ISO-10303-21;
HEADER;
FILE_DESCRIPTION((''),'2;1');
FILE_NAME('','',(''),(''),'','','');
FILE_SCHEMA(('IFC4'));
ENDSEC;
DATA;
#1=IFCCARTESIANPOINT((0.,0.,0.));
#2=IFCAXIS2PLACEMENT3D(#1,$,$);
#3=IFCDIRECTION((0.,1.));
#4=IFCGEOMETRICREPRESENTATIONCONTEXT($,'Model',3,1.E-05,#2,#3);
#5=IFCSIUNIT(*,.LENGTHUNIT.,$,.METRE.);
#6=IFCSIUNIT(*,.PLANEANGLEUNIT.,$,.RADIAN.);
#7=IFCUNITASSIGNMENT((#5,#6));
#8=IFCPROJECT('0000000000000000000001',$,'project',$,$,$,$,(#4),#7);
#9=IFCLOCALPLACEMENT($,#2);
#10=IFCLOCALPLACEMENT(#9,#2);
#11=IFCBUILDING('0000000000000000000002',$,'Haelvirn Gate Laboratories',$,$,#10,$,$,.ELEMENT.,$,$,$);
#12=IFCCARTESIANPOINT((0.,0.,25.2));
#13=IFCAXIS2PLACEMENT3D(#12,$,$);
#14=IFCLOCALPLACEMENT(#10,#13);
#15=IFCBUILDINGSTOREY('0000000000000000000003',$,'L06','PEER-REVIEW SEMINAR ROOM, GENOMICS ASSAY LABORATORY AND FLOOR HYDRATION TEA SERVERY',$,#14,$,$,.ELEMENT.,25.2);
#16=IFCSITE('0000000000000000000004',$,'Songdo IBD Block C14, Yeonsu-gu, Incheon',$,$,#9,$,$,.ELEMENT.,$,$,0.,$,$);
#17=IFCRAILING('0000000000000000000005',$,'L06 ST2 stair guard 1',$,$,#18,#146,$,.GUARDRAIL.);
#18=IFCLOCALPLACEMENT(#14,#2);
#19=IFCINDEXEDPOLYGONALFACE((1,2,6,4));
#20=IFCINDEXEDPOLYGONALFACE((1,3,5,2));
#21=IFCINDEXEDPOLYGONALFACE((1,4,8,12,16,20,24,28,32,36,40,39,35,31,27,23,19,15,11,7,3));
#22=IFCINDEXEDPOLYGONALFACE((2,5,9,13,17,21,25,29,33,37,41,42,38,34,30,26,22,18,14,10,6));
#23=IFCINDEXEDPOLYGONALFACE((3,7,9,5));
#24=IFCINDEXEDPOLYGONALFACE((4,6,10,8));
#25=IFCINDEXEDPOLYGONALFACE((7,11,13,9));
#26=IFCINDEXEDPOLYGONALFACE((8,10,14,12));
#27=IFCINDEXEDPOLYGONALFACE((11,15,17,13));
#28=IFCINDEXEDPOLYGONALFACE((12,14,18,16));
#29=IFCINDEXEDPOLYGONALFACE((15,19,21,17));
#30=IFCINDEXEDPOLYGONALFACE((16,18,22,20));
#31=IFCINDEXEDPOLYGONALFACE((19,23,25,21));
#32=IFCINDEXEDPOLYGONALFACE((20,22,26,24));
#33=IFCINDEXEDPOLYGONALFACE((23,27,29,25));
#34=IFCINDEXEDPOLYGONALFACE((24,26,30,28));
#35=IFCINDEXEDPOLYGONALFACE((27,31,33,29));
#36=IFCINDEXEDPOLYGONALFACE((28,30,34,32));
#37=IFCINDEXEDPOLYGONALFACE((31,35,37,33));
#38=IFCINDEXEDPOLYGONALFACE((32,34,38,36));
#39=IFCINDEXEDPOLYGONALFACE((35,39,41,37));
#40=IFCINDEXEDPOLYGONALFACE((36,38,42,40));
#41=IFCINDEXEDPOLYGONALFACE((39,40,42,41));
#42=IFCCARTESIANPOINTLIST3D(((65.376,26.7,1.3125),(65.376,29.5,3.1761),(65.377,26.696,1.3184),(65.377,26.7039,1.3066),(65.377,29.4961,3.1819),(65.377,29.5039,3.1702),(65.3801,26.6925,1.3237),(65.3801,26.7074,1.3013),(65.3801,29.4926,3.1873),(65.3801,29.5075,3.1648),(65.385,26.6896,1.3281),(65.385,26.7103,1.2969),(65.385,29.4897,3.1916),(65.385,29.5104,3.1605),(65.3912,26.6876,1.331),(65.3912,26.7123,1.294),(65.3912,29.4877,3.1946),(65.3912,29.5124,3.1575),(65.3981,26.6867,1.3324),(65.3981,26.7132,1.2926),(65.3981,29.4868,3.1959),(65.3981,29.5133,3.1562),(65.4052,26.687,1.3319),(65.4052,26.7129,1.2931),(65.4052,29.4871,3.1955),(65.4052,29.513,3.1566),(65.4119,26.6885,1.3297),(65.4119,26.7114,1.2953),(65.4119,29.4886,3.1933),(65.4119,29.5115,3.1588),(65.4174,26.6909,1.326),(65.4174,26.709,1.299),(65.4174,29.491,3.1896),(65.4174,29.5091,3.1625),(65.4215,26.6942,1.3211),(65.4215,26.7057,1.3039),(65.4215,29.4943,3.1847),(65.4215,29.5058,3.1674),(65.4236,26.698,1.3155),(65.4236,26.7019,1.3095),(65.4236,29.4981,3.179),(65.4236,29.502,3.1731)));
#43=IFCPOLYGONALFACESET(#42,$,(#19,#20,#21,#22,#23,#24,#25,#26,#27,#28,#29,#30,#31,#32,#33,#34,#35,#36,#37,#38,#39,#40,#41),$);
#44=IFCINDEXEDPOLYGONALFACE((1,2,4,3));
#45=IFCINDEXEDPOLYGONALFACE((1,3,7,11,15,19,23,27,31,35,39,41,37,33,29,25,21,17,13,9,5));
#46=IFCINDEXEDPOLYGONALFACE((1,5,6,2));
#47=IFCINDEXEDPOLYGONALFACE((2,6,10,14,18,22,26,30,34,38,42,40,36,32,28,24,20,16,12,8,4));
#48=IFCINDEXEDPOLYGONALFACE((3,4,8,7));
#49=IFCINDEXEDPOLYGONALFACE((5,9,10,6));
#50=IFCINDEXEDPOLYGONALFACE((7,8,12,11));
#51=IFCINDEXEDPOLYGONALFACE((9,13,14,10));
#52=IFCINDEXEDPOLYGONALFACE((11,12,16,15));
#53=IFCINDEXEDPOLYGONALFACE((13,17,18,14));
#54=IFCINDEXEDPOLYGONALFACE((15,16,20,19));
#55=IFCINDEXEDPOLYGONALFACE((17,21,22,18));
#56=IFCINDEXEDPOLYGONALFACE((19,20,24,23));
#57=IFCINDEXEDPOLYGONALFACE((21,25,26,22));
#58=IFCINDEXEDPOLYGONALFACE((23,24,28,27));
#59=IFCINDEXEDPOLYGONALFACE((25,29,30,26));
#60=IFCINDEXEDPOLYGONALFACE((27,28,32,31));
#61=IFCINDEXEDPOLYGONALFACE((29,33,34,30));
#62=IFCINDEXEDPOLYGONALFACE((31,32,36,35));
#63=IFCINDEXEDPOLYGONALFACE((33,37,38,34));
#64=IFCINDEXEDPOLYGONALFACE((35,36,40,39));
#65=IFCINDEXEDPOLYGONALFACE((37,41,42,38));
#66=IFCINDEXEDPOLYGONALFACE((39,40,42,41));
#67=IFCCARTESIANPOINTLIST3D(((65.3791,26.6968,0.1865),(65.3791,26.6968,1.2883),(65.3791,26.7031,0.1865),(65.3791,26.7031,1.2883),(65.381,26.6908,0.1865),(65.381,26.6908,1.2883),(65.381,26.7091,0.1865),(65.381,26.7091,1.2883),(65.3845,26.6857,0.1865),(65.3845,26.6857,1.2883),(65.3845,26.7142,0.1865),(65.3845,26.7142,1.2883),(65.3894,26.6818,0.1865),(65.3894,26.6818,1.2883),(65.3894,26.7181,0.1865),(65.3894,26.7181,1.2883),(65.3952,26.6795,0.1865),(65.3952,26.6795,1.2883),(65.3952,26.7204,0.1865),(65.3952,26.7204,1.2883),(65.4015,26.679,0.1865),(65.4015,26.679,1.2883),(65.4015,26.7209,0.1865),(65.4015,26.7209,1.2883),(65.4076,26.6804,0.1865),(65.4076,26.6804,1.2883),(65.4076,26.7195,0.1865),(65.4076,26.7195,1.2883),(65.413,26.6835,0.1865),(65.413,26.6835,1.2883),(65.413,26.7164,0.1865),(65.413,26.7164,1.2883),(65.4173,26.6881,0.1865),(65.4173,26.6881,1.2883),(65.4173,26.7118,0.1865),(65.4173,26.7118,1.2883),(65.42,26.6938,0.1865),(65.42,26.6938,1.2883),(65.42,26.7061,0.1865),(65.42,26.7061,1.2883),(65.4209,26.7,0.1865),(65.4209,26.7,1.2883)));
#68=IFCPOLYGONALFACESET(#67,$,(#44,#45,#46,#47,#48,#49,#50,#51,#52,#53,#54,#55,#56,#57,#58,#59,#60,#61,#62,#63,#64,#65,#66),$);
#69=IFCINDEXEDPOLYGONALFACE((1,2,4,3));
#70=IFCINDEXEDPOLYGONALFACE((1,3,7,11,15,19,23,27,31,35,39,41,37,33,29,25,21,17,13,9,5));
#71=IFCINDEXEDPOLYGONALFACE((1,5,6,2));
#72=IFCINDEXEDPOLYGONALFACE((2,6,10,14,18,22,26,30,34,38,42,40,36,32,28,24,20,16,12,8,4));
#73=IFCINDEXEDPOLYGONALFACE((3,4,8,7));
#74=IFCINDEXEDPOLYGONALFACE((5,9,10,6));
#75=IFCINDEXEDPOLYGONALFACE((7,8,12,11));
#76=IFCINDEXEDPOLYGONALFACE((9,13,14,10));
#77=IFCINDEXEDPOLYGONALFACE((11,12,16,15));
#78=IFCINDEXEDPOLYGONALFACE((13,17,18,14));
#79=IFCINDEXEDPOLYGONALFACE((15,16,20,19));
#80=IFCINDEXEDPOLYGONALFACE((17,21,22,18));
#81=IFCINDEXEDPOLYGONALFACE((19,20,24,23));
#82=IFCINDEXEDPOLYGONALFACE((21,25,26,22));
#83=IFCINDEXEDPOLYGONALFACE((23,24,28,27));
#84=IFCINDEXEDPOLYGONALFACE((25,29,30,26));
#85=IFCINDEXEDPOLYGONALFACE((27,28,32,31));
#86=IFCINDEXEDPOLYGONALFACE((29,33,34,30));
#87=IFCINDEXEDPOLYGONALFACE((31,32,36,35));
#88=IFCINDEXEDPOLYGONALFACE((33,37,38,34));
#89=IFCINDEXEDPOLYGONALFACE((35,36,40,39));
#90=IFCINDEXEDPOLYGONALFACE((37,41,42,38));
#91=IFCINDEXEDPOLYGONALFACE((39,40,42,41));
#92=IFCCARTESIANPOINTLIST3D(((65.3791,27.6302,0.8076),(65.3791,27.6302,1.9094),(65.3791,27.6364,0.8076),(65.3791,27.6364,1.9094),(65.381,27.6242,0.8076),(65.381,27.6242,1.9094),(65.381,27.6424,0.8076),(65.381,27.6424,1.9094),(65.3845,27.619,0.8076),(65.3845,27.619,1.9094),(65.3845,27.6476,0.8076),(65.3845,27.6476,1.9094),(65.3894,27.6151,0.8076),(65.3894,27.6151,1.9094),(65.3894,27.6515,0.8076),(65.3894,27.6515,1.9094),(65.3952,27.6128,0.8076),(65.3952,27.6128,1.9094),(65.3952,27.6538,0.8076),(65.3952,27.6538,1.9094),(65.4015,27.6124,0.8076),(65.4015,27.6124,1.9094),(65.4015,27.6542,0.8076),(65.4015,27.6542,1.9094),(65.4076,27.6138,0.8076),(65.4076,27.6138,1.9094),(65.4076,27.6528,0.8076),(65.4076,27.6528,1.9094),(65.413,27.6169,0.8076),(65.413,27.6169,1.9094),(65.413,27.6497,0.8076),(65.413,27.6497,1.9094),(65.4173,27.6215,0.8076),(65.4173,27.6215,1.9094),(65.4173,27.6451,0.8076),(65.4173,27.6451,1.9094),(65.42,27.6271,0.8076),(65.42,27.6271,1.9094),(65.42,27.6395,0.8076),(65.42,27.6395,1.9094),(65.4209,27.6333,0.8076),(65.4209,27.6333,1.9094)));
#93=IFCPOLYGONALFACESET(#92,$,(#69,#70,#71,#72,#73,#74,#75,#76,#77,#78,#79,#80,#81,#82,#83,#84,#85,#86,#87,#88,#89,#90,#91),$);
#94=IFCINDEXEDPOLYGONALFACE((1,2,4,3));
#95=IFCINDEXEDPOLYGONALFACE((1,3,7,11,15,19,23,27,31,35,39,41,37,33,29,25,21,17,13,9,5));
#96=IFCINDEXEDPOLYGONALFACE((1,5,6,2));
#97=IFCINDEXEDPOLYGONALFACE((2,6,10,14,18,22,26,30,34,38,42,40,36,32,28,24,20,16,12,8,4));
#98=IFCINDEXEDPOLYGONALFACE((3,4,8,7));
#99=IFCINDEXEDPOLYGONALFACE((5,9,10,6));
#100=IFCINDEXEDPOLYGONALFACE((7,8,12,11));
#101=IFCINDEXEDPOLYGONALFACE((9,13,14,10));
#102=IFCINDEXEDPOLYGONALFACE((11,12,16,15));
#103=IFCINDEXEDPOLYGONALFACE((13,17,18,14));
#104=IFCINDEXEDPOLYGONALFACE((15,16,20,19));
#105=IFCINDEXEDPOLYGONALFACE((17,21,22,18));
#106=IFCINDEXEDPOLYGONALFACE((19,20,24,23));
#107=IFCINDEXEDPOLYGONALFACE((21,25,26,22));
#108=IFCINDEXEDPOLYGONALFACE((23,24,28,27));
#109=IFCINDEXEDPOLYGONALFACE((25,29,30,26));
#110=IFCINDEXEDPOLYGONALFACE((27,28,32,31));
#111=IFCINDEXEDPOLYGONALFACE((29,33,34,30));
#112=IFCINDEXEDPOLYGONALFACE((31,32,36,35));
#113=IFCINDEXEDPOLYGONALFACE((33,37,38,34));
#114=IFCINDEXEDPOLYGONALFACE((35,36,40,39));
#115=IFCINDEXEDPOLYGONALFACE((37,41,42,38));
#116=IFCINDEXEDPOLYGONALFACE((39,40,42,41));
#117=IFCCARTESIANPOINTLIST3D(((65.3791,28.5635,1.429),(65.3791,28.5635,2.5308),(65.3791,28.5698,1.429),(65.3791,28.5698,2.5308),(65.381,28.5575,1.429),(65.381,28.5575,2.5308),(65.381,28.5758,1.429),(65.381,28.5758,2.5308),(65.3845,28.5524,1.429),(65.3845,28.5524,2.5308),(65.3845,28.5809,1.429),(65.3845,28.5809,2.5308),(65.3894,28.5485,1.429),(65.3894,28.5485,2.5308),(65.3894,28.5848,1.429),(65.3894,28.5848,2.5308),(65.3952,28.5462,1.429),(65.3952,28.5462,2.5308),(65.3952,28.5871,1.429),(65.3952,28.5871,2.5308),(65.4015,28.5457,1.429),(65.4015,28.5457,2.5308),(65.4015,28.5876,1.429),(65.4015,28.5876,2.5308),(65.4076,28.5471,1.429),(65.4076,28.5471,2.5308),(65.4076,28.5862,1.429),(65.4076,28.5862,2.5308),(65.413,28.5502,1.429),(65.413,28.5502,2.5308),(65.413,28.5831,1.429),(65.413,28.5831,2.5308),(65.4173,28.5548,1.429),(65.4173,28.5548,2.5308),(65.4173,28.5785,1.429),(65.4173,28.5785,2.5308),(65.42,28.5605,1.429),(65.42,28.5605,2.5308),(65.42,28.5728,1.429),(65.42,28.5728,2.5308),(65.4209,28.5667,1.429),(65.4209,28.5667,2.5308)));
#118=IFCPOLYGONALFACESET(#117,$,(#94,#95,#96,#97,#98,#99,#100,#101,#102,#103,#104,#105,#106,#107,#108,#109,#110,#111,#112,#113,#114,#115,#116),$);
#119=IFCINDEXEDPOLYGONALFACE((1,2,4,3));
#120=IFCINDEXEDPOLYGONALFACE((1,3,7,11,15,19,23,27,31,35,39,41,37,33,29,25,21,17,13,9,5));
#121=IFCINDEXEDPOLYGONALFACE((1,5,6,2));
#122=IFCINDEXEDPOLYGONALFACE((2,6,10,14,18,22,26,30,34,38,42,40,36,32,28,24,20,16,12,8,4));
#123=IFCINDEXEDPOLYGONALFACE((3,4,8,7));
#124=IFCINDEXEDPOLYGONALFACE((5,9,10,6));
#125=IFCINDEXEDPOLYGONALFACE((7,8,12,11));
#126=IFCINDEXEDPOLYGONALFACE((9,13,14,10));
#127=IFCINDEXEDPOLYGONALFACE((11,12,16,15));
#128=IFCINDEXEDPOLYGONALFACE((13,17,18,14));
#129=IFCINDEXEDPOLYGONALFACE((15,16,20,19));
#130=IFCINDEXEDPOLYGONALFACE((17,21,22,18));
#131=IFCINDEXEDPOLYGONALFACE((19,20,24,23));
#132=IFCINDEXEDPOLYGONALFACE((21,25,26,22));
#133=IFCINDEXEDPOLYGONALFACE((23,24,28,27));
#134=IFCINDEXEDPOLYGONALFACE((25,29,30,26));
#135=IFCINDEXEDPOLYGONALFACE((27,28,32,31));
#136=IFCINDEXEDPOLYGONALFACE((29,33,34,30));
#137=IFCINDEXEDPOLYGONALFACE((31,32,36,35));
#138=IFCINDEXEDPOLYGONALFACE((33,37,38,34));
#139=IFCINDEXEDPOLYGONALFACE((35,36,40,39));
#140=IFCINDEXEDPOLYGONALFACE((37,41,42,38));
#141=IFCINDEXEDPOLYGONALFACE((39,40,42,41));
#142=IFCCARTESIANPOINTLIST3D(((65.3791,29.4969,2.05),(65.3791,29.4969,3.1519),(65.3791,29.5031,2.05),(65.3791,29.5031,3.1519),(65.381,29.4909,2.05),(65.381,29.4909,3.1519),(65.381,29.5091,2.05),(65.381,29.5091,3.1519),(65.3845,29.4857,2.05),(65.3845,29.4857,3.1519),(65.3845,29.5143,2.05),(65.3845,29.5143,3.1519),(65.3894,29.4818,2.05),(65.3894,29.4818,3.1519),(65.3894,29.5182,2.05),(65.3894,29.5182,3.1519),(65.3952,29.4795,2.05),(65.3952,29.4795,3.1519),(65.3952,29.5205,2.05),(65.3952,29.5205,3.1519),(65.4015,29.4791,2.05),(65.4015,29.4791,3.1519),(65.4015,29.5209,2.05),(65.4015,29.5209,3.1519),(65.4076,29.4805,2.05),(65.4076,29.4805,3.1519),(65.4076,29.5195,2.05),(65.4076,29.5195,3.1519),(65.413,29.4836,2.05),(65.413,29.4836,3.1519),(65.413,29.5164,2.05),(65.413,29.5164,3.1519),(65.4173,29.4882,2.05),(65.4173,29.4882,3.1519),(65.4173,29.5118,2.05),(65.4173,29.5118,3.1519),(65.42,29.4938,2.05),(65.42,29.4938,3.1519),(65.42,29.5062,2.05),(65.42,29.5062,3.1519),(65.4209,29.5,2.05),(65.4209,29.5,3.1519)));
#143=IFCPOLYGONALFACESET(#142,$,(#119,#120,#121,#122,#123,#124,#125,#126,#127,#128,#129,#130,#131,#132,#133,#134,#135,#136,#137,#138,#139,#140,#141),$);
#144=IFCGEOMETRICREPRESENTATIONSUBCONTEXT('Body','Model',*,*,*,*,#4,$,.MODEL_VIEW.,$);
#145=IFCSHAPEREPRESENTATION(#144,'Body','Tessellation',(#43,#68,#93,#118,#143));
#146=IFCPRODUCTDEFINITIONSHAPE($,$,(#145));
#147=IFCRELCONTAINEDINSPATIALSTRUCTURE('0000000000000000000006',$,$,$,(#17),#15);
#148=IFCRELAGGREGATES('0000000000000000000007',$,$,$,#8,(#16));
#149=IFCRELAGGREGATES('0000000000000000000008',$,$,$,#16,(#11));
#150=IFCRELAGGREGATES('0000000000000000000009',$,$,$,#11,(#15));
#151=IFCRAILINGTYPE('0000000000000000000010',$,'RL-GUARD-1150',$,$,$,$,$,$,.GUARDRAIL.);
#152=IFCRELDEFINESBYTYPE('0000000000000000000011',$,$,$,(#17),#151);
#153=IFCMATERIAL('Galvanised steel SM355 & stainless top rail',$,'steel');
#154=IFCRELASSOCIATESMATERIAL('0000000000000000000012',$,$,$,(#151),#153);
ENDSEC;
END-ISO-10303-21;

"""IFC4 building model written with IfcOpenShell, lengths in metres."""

from ifc_helpers import new_model, si_unit, direction, frame, origin, origin_2d, place, context, subcontext, project, spatial, circle, extrude, source, transform, mapped, material, type_object, element, save


model = new_model("IFC4")

# Units and contexts
model_context = context("Model", 3, precision=1e-05, world=origin(), true_north=direction((0.0, 1.0)))
body_context = subcontext(model_context, "Body", "Model", "MODEL_VIEW")
ifc_project = project(units=[si_unit("LENGTHUNIT", "METRE"), si_unit("PLANEANGLEUNIT", "RADIAN")], contexts=[model_context])

# Site, building, storey
site_placement = place(None, origin())
site = spatial("IfcSite", under=ifc_project, at=site_placement, Name="Songdo IBD Block C14, Yeonsu-gu, Incheon", CompositionType="ELEMENT", RefElevation=0.0)
building_placement = place(site_placement, origin())
building = spatial("IfcBuilding", under=site, at=building_placement, Name="Haelvirn Gate Laboratories", CompositionType="ELEMENT")
storey_placement = place(building_placement, frame((0.0, 0.0, 25.2)))
storey = spatial("IfcBuildingStorey", under=building, at=storey_placement, Name="L06", Description="PEER-REVIEW SEMINAR ROOM, GENOMICS ASSAY LABORATORY AND FLOOR HYDRATION TEA SERVERY", CompositionType="ELEMENT", Elevation=25.2)

# Railing
ifc_material_1 = material(Name="Galvanised steel SM355 & stainless top rail", Category="steel")
railing_type_1 = type_object("IfcRailingType", Name="RL-GUARD-1150", PredefinedType="GUARDRAIL", material=ifc_material_1)
shared_shape_1 = source(origin(), body_context, "Body", "SweptSolid", [
    extrude(circle(Radius=0.0239, at=origin_2d()), frame((0.0, 0.0, 1.126), z_axis=(0.0, 0.832486, 0.554047), x_axis=(-1.0, 0.0, 0.0)), (0.0, 0.0, 1.0), 3.3635),
    extrude(circle(Radius=0.021, at=origin_2d()), origin(), (0.0, 0.0, 1.0), 1.1018),
    extrude(circle(Radius=0.021, at=origin_2d()), frame((0.0, 0.9333, 0.6211)), (0.0, 0.0, 1.0), 1.1018),
    extrude(circle(Radius=0.021, at=origin_2d()), frame((0.0, 1.8667, 1.2424)), (0.0, 0.0, 1.0), 1.1018),
    extrude(circle(Radius=0.021, at=origin_2d()), frame((0.0, 2.8, 1.8635)), (0.0, 0.0, 1.0), 1.1018),
])
railing_1_placement = place(storey_placement, frame((65.3999, 26.7, 0.1865)))
element("IfcRailing", 1, at=railing_1_placement, inside=storey, type_object=railing_type_1, Name="L06 ST2 stair guard 1", PredefinedType="GUARDRAIL", context=body_context, shape_type="MappedRepresentation", body=[
    mapped(shared_shape_1, transform((0.0, 0.0, 0.0), scale=1.0)),
])

save(model, "model.ifc")
